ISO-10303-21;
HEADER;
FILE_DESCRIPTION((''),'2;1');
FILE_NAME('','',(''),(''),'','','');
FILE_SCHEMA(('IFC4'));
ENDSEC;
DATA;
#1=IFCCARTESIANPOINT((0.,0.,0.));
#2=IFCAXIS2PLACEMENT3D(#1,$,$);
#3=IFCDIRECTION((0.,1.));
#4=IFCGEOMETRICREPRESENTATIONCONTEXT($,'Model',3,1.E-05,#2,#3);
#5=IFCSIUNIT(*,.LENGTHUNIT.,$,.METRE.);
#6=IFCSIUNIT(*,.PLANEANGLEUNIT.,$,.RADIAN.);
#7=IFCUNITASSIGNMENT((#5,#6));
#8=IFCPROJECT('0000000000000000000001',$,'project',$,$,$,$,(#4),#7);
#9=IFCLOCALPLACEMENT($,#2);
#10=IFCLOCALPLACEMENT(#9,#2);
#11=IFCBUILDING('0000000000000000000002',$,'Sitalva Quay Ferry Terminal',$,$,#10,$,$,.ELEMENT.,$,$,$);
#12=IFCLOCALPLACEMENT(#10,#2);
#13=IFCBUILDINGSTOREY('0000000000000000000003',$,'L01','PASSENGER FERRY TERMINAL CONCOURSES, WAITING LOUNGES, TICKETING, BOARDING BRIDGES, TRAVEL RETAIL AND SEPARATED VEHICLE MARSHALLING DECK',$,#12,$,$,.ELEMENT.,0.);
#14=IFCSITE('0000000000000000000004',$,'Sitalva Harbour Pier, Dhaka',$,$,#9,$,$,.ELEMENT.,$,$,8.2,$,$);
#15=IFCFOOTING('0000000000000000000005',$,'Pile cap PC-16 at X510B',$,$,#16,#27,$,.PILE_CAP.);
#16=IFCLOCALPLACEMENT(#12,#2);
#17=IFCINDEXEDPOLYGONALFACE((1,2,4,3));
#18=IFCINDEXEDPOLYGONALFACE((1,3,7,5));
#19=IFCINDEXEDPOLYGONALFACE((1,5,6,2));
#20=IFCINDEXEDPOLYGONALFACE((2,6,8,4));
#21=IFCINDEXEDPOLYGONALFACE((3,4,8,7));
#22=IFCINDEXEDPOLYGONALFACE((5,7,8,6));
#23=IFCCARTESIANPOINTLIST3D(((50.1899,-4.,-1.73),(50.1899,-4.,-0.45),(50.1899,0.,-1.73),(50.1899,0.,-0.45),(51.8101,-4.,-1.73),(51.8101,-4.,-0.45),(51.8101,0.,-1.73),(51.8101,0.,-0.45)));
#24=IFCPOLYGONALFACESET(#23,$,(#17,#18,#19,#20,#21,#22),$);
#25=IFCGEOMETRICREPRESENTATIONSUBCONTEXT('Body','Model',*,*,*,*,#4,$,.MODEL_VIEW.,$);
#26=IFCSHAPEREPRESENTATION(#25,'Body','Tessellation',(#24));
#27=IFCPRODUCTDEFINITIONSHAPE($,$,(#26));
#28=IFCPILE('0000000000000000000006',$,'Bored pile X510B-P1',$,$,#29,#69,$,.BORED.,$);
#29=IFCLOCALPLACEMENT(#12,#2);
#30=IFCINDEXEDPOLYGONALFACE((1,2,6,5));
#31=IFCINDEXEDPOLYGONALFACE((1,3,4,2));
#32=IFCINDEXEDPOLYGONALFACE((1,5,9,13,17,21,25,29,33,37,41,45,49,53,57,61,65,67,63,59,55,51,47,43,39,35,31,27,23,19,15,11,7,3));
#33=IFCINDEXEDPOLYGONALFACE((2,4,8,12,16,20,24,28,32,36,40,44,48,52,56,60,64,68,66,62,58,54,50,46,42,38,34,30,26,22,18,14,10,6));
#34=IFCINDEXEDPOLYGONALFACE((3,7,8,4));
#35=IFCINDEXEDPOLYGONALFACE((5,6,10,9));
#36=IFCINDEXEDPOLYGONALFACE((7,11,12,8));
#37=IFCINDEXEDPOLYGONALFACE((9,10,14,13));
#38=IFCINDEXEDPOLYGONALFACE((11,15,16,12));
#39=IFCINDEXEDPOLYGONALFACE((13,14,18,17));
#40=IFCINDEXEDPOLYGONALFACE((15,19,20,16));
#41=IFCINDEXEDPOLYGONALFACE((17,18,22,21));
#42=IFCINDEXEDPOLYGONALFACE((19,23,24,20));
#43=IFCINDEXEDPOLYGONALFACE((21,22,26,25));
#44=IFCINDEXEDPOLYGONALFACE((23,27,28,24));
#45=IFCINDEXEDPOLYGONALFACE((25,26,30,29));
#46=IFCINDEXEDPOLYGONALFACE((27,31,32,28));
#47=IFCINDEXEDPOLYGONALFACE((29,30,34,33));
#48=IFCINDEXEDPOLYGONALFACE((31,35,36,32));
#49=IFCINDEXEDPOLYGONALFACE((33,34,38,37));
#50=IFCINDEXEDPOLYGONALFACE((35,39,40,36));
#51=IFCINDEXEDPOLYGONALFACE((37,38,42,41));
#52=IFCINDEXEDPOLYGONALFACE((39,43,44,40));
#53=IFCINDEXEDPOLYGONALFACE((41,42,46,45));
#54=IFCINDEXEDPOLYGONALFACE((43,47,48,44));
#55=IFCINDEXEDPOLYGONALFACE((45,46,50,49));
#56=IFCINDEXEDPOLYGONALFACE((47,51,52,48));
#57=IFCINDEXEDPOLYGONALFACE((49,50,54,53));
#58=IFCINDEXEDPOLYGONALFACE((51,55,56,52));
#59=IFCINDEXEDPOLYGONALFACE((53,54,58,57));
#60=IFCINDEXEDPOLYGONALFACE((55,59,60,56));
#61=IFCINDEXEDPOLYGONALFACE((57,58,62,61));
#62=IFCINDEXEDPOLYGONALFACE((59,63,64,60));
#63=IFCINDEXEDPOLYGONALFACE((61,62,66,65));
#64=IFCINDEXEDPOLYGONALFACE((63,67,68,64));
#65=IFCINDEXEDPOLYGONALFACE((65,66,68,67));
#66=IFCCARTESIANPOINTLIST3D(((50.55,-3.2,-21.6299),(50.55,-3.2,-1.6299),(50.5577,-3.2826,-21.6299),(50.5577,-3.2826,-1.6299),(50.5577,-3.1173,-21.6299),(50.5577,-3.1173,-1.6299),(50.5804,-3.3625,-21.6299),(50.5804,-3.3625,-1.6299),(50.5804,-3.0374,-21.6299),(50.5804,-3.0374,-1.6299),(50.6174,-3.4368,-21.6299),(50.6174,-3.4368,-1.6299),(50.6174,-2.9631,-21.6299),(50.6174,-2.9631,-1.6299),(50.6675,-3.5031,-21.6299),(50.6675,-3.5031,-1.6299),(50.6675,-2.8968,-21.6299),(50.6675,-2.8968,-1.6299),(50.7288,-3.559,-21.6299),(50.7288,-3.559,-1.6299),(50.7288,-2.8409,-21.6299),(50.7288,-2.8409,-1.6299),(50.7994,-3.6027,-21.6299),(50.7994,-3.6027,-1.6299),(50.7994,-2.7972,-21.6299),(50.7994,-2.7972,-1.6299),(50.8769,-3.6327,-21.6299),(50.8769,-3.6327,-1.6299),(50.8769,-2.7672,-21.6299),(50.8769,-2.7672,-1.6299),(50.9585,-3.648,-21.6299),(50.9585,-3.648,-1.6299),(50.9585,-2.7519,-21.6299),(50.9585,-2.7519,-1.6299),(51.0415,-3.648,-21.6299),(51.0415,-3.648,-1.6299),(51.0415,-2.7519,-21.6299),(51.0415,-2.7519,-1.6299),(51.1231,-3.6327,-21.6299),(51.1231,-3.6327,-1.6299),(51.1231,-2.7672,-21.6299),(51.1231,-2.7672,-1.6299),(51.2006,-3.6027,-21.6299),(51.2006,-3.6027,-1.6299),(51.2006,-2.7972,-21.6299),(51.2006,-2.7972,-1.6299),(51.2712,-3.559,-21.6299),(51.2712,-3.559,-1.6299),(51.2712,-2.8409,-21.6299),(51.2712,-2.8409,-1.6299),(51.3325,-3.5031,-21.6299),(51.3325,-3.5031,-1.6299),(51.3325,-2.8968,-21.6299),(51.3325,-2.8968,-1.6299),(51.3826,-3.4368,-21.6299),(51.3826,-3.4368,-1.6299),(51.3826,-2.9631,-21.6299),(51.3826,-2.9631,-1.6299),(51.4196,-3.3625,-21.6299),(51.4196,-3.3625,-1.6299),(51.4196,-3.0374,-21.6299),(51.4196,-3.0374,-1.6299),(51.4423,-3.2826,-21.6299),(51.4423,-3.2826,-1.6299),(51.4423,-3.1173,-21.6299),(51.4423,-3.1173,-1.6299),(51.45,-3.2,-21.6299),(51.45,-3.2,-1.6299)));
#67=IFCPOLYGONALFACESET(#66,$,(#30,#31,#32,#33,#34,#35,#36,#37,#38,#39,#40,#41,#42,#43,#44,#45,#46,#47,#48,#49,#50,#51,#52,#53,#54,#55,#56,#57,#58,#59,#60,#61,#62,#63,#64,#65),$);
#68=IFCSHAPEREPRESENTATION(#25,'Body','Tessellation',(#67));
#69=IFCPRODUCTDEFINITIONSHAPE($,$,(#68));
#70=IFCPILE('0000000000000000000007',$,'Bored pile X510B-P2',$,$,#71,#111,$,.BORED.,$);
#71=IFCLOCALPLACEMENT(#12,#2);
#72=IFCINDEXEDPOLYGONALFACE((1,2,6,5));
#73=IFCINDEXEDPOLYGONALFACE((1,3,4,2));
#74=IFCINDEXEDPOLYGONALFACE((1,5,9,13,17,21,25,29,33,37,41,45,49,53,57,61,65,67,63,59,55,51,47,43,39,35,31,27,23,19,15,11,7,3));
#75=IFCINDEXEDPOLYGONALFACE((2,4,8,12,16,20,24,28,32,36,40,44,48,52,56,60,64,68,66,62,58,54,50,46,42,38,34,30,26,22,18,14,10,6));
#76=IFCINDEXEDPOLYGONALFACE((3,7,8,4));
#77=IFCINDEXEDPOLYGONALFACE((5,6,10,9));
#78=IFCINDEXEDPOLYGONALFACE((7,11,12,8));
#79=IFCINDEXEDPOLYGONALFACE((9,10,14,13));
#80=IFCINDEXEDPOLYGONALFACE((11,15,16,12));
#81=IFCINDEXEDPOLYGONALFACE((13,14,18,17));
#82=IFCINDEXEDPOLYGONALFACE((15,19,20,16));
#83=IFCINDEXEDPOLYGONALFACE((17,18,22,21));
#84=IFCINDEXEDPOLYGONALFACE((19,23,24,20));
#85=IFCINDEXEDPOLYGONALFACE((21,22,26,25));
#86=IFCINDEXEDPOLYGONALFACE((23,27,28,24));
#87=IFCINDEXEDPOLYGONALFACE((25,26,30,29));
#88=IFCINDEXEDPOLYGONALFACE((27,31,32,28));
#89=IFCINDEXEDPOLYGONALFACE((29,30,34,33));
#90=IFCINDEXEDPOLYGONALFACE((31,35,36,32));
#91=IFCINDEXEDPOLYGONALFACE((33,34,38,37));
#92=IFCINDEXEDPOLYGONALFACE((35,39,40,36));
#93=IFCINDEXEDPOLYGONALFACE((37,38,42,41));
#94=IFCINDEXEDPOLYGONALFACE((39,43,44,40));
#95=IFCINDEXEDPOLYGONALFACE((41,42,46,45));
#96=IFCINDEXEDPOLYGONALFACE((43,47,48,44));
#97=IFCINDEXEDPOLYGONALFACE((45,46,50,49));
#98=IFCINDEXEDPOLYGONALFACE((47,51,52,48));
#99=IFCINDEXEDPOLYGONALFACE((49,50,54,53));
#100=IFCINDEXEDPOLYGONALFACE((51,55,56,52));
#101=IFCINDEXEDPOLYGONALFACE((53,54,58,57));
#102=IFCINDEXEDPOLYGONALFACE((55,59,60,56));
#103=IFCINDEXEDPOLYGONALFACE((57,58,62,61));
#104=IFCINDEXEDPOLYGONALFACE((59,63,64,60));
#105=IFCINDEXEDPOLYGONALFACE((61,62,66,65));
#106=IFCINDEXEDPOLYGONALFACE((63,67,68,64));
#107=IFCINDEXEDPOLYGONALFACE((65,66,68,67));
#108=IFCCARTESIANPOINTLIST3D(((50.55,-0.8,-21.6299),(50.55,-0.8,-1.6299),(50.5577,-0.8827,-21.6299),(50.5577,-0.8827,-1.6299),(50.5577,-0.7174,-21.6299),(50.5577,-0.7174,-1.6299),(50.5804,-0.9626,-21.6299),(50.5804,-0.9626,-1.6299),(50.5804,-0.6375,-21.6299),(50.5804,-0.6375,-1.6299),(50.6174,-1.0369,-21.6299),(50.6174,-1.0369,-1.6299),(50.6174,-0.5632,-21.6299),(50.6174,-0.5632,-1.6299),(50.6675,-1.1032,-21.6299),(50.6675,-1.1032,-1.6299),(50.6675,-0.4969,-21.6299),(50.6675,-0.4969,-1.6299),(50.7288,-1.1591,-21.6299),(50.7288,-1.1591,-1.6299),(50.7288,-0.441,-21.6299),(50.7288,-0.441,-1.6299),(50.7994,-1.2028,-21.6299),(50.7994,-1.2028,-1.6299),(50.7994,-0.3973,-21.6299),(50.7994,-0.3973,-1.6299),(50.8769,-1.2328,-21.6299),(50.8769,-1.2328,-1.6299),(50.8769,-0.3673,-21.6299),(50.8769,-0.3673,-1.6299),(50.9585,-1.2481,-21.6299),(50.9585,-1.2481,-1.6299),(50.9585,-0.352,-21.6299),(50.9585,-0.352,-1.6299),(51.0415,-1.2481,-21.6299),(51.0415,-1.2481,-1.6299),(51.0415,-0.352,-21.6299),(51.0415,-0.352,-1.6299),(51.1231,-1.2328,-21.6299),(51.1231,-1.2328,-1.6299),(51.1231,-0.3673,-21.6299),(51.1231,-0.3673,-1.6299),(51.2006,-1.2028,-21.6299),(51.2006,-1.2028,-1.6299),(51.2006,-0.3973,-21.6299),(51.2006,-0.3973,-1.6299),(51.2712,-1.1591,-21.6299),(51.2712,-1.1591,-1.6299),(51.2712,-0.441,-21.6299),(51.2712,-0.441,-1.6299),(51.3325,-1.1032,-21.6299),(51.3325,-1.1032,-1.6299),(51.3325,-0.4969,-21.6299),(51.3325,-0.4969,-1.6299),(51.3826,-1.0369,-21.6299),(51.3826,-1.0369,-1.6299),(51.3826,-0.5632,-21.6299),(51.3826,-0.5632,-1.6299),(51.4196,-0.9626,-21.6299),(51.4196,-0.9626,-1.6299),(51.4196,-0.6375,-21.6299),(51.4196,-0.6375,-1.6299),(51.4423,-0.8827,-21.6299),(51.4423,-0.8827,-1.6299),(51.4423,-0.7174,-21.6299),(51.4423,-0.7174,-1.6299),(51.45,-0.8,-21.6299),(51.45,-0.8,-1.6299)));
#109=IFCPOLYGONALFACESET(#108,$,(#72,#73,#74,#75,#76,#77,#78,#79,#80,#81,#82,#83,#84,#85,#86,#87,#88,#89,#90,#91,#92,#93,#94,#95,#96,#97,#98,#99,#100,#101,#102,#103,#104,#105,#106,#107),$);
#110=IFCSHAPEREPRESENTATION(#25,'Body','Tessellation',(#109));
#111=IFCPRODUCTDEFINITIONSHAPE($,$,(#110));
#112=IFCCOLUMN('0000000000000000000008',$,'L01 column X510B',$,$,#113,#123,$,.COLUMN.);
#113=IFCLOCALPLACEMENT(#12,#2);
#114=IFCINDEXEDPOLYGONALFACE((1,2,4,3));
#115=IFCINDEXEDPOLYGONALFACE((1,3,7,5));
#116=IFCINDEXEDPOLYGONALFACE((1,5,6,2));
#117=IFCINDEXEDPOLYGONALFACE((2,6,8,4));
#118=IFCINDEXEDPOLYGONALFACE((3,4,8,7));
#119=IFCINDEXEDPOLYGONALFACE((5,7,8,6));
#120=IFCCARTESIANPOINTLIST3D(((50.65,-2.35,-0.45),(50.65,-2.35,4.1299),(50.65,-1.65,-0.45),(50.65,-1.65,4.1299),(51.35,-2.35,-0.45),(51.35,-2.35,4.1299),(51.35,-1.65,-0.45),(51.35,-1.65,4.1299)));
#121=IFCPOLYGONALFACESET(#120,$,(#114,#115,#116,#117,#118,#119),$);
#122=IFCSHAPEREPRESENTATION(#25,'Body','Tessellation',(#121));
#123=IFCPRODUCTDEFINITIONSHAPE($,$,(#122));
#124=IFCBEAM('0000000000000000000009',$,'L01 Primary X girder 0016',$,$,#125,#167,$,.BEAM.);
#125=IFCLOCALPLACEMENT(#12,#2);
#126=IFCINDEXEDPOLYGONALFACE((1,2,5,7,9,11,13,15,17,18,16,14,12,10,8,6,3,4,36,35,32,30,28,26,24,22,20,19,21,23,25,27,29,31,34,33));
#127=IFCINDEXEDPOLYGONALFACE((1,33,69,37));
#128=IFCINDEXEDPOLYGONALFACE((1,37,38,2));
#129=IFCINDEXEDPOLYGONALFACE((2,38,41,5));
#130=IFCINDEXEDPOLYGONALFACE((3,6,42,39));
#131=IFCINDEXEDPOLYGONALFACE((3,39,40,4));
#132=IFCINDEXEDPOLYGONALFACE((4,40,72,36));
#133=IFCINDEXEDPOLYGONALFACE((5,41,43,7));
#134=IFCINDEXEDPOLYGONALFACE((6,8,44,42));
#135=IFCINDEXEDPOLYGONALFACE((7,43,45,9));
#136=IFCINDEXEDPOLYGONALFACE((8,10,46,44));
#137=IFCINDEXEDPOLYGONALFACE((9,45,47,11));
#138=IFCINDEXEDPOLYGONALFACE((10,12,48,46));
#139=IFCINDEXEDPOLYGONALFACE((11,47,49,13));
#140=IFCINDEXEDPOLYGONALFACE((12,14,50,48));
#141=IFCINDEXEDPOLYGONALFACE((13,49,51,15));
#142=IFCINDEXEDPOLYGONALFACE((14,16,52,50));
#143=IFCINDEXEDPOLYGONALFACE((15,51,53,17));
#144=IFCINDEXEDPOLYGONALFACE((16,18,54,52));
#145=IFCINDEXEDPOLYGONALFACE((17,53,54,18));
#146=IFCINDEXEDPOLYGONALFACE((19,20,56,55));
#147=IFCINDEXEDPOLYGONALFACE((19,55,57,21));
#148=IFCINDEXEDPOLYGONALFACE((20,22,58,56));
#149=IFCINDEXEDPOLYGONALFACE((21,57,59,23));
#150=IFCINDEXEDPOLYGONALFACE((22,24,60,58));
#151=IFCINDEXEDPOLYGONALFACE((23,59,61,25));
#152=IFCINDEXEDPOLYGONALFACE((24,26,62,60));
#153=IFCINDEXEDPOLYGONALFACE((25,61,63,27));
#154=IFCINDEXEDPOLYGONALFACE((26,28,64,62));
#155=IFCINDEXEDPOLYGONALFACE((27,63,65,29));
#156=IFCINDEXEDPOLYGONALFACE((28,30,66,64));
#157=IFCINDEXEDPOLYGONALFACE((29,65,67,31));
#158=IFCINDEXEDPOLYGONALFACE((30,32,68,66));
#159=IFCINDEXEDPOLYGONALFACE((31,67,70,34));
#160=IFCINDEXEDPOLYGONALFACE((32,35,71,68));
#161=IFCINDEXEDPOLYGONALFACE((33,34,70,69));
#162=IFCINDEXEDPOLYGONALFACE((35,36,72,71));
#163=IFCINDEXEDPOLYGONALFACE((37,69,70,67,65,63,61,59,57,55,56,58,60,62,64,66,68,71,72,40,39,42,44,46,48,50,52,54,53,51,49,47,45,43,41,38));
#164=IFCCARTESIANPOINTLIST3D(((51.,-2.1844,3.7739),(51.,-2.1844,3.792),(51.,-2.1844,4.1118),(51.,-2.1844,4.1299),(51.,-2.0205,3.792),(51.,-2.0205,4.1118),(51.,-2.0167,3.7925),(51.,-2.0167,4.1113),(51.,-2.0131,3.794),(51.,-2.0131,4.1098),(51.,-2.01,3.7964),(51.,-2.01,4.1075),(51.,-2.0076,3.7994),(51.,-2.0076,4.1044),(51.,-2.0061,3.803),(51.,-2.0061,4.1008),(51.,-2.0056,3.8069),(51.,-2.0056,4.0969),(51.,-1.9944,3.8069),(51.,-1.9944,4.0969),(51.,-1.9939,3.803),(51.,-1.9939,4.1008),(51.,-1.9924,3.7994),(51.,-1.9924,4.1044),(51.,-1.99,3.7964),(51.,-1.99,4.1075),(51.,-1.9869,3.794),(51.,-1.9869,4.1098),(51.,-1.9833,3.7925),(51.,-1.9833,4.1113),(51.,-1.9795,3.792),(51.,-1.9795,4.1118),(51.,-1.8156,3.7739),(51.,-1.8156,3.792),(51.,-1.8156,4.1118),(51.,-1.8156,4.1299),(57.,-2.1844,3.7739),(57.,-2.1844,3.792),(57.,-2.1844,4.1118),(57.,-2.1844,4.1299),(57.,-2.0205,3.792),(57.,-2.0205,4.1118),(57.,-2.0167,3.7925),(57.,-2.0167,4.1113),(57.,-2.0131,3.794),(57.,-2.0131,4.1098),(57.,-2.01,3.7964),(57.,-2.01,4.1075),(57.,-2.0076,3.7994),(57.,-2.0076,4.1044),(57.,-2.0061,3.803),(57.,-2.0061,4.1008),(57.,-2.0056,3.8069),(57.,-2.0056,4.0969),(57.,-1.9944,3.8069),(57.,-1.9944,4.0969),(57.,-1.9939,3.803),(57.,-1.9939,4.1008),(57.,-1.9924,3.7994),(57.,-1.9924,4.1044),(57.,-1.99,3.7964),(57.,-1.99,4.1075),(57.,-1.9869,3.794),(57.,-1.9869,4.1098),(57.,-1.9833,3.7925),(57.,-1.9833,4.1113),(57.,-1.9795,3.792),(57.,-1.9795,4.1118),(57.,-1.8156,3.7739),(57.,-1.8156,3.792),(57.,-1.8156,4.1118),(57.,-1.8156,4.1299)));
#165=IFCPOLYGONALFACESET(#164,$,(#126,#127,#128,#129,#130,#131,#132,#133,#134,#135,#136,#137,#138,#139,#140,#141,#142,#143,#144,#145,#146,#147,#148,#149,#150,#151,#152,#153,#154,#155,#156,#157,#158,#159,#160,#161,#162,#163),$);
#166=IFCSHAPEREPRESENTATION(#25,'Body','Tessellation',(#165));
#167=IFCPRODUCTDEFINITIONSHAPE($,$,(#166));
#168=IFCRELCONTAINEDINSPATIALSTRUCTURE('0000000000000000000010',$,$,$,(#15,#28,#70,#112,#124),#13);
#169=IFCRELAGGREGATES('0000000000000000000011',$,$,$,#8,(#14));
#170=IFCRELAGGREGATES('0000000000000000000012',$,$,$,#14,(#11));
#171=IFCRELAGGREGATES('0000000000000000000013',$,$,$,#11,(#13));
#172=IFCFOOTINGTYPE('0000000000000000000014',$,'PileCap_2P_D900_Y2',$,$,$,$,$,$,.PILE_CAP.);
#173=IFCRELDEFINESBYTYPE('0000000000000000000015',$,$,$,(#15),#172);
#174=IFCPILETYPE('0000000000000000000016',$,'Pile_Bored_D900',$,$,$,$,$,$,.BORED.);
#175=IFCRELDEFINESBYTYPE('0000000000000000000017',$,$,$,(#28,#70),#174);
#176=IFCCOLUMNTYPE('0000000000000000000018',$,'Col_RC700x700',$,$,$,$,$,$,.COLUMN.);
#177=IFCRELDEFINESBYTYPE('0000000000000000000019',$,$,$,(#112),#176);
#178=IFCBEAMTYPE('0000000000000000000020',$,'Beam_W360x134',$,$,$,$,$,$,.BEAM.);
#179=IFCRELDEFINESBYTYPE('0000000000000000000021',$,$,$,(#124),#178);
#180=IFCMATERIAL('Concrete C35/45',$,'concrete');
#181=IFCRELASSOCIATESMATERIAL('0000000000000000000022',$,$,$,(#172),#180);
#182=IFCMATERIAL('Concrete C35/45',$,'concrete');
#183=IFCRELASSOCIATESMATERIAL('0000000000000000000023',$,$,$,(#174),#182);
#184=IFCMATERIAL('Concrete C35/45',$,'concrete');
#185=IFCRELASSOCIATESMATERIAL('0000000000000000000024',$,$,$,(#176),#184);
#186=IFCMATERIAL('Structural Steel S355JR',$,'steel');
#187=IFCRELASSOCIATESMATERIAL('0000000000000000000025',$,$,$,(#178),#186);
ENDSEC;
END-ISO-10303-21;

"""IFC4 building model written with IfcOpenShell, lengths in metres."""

from ifc_helpers import new_model, si_unit, direction, frame, origin, origin_2d, place, context, subcontext, project, spatial, rectangle, circle, i_section, extrude, material, material_profile, profile_set, type_object, element, save


model = new_model("IFC4")

# Units and contexts
model_context = context("Model", 3, precision=1e-05, world=origin(), true_north=direction((0.0, 1.0)))
body_context = subcontext(model_context, "Body", "Model", "MODEL_VIEW")
ifc_project = project(units=[si_unit("LENGTHUNIT", "METRE"), si_unit("PLANEANGLEUNIT", "RADIAN")], contexts=[model_context])

# Site, building, storey
site_placement = place(None, origin())
site = spatial("IfcSite", under=ifc_project, at=site_placement, Name="Sitalva Harbour Pier, Dhaka", CompositionType="ELEMENT", RefElevation=8.2)
building_placement = place(site_placement, origin())
building = spatial("IfcBuilding", under=site, at=building_placement, Name="Sitalva Quay Ferry Terminal", CompositionType="ELEMENT")
storey_placement = place(building_placement, origin())
storey = spatial("IfcBuildingStorey", under=building, at=storey_placement, Name="L01", Description="PASSENGER FERRY TERMINAL CONCOURSES, WAITING LOUNGES, TICKETING, BOARDING BRIDGES, TRAVEL RETAIL AND SEPARATED VEHICLE MARSHALLING DECK", CompositionType="ELEMENT", Elevation=0.0)

# Footing
ifc_material_1 = material(Name="Concrete C35/45", Category="concrete")
footing_type = type_object("IfcFootingType", Name="PileCap_2P_D900_Y2", PredefinedType="PILE_CAP", material=ifc_material_1)
footing_placement = place(storey_placement, frame((51.0, -2.0, -1.73), z_axis=(0.0, 0.0, 1.0), x_axis=(1.0, 0.0, 0.0)))
element("IfcFooting", 1, at=footing_placement, inside=storey, type_object=footing_type, Name="Pile cap PC-16 at X510B", PredefinedType="PILE_CAP", context=body_context, shape_type="SweptSolid", body=[
    extrude(rectangle(XDim=1.6201, YDim=4.0, at=origin_2d()), origin(), (0.0, 0.0, 1.0), 1.28),
])

# Piles
ifc_material_2 = material(Name="Concrete C35/45", Category="concrete")
ifc_material_profile_1 = material_profile(ifc_material_2, circle(Radius=0.45, at=origin_2d()), Name="PILE-D900")
ifc_profile_set_1 = profile_set([ifc_material_profile_1], Name="Concrete C35/45")
pile_type = type_object("IfcPileType", Name="Pile_Bored_D900", PredefinedType="BORED", material=ifc_profile_set_1)
for number, where, z_axis, x_axis, name in (
    (2, (51.0, -3.2, -1.6299), (0.0, 0.0, -1.0), (1.0, 0.0, 0.0), "Bored pile X510B-P1"),
    (3, (51.0, -0.8, -1.6299), (0.0, 0.0, -1.0), (1.0, 0.0, 0.0), "Bored pile X510B-P2"),
):
    element("IfcPile", number, at=place(storey_placement, frame(where, z_axis=z_axis, x_axis=x_axis)), inside=storey, type_object=pile_type, Name=name, PredefinedType="BORED", context=body_context, shape_type="SweptSolid", body=[
        extrude(circle(Radius=0.45, at=origin_2d()), origin(), (0.0, 0.0, 1.0), 20.0),
    ])

# Column
ifc_material_3 = material(Name="Concrete C35/45", Category="concrete")
ifc_material_profile_2 = material_profile(ifc_material_3, rectangle(XDim=0.7, YDim=0.7, at=origin_2d()), Name="RC700x700")
ifc_profile_set_2 = profile_set([ifc_material_profile_2], Name="Concrete C35/45")
column_type = type_object("IfcColumnType", Name="Col_RC700x700", PredefinedType="COLUMN", material=ifc_profile_set_2)
column_placement = place(storey_placement, frame((51.0, -2.0, -0.45), z_axis=(0.0, 0.0, 1.0), x_axis=(1.0, 0.0, 0.0)))
element("IfcColumn", 4, at=column_placement, inside=storey, type_object=column_type, Name="L01 column X510B", PredefinedType="COLUMN", context=body_context, shape_type="SweptSolid", body=[
    extrude(rectangle(XDim=0.7, YDim=0.7, at=origin_2d()), origin(), (0.0, 0.0, 1.0), 4.5798),
])

# Beam
ifc_material_4 = material(Name="Structural Steel S355JR", Category="steel")
ifc_material_profile_3 = material_profile(ifc_material_4, i_section(OverallWidth=0.3689, OverallDepth=0.356, WebThickness=0.0112, FlangeThickness=0.0181, FilletRadius=0.0149, at=origin_2d()), Name="W360x134")
ifc_profile_set_3 = profile_set([ifc_material_profile_3], Name="Structural Steel S355JR")
beam_type = type_object("IfcBeamType", Name="Beam_W360x134", PredefinedType="BEAM", material=ifc_profile_set_3)
beam_1_placement = place(storey_placement, frame((51.0, -2.0, 3.9519), z_axis=(1.0, 0.0, 0.0), x_axis=(0.0, 1.0, 0.0)))
element("IfcBeam", 5, at=beam_1_placement, inside=storey, type_object=beam_type, Name="L01 Primary X girder 0016", PredefinedType="BEAM", context=body_context, shape_type="SweptSolid", body=[
    extrude(i_section(OverallWidth=0.3689, OverallDepth=0.356, WebThickness=0.0112, FlangeThickness=0.0181, FilletRadius=0.0149, at=origin_2d()), origin(), (0.0, 0.0, 1.0), 6.0),
])

save(model, "model.ifc")
